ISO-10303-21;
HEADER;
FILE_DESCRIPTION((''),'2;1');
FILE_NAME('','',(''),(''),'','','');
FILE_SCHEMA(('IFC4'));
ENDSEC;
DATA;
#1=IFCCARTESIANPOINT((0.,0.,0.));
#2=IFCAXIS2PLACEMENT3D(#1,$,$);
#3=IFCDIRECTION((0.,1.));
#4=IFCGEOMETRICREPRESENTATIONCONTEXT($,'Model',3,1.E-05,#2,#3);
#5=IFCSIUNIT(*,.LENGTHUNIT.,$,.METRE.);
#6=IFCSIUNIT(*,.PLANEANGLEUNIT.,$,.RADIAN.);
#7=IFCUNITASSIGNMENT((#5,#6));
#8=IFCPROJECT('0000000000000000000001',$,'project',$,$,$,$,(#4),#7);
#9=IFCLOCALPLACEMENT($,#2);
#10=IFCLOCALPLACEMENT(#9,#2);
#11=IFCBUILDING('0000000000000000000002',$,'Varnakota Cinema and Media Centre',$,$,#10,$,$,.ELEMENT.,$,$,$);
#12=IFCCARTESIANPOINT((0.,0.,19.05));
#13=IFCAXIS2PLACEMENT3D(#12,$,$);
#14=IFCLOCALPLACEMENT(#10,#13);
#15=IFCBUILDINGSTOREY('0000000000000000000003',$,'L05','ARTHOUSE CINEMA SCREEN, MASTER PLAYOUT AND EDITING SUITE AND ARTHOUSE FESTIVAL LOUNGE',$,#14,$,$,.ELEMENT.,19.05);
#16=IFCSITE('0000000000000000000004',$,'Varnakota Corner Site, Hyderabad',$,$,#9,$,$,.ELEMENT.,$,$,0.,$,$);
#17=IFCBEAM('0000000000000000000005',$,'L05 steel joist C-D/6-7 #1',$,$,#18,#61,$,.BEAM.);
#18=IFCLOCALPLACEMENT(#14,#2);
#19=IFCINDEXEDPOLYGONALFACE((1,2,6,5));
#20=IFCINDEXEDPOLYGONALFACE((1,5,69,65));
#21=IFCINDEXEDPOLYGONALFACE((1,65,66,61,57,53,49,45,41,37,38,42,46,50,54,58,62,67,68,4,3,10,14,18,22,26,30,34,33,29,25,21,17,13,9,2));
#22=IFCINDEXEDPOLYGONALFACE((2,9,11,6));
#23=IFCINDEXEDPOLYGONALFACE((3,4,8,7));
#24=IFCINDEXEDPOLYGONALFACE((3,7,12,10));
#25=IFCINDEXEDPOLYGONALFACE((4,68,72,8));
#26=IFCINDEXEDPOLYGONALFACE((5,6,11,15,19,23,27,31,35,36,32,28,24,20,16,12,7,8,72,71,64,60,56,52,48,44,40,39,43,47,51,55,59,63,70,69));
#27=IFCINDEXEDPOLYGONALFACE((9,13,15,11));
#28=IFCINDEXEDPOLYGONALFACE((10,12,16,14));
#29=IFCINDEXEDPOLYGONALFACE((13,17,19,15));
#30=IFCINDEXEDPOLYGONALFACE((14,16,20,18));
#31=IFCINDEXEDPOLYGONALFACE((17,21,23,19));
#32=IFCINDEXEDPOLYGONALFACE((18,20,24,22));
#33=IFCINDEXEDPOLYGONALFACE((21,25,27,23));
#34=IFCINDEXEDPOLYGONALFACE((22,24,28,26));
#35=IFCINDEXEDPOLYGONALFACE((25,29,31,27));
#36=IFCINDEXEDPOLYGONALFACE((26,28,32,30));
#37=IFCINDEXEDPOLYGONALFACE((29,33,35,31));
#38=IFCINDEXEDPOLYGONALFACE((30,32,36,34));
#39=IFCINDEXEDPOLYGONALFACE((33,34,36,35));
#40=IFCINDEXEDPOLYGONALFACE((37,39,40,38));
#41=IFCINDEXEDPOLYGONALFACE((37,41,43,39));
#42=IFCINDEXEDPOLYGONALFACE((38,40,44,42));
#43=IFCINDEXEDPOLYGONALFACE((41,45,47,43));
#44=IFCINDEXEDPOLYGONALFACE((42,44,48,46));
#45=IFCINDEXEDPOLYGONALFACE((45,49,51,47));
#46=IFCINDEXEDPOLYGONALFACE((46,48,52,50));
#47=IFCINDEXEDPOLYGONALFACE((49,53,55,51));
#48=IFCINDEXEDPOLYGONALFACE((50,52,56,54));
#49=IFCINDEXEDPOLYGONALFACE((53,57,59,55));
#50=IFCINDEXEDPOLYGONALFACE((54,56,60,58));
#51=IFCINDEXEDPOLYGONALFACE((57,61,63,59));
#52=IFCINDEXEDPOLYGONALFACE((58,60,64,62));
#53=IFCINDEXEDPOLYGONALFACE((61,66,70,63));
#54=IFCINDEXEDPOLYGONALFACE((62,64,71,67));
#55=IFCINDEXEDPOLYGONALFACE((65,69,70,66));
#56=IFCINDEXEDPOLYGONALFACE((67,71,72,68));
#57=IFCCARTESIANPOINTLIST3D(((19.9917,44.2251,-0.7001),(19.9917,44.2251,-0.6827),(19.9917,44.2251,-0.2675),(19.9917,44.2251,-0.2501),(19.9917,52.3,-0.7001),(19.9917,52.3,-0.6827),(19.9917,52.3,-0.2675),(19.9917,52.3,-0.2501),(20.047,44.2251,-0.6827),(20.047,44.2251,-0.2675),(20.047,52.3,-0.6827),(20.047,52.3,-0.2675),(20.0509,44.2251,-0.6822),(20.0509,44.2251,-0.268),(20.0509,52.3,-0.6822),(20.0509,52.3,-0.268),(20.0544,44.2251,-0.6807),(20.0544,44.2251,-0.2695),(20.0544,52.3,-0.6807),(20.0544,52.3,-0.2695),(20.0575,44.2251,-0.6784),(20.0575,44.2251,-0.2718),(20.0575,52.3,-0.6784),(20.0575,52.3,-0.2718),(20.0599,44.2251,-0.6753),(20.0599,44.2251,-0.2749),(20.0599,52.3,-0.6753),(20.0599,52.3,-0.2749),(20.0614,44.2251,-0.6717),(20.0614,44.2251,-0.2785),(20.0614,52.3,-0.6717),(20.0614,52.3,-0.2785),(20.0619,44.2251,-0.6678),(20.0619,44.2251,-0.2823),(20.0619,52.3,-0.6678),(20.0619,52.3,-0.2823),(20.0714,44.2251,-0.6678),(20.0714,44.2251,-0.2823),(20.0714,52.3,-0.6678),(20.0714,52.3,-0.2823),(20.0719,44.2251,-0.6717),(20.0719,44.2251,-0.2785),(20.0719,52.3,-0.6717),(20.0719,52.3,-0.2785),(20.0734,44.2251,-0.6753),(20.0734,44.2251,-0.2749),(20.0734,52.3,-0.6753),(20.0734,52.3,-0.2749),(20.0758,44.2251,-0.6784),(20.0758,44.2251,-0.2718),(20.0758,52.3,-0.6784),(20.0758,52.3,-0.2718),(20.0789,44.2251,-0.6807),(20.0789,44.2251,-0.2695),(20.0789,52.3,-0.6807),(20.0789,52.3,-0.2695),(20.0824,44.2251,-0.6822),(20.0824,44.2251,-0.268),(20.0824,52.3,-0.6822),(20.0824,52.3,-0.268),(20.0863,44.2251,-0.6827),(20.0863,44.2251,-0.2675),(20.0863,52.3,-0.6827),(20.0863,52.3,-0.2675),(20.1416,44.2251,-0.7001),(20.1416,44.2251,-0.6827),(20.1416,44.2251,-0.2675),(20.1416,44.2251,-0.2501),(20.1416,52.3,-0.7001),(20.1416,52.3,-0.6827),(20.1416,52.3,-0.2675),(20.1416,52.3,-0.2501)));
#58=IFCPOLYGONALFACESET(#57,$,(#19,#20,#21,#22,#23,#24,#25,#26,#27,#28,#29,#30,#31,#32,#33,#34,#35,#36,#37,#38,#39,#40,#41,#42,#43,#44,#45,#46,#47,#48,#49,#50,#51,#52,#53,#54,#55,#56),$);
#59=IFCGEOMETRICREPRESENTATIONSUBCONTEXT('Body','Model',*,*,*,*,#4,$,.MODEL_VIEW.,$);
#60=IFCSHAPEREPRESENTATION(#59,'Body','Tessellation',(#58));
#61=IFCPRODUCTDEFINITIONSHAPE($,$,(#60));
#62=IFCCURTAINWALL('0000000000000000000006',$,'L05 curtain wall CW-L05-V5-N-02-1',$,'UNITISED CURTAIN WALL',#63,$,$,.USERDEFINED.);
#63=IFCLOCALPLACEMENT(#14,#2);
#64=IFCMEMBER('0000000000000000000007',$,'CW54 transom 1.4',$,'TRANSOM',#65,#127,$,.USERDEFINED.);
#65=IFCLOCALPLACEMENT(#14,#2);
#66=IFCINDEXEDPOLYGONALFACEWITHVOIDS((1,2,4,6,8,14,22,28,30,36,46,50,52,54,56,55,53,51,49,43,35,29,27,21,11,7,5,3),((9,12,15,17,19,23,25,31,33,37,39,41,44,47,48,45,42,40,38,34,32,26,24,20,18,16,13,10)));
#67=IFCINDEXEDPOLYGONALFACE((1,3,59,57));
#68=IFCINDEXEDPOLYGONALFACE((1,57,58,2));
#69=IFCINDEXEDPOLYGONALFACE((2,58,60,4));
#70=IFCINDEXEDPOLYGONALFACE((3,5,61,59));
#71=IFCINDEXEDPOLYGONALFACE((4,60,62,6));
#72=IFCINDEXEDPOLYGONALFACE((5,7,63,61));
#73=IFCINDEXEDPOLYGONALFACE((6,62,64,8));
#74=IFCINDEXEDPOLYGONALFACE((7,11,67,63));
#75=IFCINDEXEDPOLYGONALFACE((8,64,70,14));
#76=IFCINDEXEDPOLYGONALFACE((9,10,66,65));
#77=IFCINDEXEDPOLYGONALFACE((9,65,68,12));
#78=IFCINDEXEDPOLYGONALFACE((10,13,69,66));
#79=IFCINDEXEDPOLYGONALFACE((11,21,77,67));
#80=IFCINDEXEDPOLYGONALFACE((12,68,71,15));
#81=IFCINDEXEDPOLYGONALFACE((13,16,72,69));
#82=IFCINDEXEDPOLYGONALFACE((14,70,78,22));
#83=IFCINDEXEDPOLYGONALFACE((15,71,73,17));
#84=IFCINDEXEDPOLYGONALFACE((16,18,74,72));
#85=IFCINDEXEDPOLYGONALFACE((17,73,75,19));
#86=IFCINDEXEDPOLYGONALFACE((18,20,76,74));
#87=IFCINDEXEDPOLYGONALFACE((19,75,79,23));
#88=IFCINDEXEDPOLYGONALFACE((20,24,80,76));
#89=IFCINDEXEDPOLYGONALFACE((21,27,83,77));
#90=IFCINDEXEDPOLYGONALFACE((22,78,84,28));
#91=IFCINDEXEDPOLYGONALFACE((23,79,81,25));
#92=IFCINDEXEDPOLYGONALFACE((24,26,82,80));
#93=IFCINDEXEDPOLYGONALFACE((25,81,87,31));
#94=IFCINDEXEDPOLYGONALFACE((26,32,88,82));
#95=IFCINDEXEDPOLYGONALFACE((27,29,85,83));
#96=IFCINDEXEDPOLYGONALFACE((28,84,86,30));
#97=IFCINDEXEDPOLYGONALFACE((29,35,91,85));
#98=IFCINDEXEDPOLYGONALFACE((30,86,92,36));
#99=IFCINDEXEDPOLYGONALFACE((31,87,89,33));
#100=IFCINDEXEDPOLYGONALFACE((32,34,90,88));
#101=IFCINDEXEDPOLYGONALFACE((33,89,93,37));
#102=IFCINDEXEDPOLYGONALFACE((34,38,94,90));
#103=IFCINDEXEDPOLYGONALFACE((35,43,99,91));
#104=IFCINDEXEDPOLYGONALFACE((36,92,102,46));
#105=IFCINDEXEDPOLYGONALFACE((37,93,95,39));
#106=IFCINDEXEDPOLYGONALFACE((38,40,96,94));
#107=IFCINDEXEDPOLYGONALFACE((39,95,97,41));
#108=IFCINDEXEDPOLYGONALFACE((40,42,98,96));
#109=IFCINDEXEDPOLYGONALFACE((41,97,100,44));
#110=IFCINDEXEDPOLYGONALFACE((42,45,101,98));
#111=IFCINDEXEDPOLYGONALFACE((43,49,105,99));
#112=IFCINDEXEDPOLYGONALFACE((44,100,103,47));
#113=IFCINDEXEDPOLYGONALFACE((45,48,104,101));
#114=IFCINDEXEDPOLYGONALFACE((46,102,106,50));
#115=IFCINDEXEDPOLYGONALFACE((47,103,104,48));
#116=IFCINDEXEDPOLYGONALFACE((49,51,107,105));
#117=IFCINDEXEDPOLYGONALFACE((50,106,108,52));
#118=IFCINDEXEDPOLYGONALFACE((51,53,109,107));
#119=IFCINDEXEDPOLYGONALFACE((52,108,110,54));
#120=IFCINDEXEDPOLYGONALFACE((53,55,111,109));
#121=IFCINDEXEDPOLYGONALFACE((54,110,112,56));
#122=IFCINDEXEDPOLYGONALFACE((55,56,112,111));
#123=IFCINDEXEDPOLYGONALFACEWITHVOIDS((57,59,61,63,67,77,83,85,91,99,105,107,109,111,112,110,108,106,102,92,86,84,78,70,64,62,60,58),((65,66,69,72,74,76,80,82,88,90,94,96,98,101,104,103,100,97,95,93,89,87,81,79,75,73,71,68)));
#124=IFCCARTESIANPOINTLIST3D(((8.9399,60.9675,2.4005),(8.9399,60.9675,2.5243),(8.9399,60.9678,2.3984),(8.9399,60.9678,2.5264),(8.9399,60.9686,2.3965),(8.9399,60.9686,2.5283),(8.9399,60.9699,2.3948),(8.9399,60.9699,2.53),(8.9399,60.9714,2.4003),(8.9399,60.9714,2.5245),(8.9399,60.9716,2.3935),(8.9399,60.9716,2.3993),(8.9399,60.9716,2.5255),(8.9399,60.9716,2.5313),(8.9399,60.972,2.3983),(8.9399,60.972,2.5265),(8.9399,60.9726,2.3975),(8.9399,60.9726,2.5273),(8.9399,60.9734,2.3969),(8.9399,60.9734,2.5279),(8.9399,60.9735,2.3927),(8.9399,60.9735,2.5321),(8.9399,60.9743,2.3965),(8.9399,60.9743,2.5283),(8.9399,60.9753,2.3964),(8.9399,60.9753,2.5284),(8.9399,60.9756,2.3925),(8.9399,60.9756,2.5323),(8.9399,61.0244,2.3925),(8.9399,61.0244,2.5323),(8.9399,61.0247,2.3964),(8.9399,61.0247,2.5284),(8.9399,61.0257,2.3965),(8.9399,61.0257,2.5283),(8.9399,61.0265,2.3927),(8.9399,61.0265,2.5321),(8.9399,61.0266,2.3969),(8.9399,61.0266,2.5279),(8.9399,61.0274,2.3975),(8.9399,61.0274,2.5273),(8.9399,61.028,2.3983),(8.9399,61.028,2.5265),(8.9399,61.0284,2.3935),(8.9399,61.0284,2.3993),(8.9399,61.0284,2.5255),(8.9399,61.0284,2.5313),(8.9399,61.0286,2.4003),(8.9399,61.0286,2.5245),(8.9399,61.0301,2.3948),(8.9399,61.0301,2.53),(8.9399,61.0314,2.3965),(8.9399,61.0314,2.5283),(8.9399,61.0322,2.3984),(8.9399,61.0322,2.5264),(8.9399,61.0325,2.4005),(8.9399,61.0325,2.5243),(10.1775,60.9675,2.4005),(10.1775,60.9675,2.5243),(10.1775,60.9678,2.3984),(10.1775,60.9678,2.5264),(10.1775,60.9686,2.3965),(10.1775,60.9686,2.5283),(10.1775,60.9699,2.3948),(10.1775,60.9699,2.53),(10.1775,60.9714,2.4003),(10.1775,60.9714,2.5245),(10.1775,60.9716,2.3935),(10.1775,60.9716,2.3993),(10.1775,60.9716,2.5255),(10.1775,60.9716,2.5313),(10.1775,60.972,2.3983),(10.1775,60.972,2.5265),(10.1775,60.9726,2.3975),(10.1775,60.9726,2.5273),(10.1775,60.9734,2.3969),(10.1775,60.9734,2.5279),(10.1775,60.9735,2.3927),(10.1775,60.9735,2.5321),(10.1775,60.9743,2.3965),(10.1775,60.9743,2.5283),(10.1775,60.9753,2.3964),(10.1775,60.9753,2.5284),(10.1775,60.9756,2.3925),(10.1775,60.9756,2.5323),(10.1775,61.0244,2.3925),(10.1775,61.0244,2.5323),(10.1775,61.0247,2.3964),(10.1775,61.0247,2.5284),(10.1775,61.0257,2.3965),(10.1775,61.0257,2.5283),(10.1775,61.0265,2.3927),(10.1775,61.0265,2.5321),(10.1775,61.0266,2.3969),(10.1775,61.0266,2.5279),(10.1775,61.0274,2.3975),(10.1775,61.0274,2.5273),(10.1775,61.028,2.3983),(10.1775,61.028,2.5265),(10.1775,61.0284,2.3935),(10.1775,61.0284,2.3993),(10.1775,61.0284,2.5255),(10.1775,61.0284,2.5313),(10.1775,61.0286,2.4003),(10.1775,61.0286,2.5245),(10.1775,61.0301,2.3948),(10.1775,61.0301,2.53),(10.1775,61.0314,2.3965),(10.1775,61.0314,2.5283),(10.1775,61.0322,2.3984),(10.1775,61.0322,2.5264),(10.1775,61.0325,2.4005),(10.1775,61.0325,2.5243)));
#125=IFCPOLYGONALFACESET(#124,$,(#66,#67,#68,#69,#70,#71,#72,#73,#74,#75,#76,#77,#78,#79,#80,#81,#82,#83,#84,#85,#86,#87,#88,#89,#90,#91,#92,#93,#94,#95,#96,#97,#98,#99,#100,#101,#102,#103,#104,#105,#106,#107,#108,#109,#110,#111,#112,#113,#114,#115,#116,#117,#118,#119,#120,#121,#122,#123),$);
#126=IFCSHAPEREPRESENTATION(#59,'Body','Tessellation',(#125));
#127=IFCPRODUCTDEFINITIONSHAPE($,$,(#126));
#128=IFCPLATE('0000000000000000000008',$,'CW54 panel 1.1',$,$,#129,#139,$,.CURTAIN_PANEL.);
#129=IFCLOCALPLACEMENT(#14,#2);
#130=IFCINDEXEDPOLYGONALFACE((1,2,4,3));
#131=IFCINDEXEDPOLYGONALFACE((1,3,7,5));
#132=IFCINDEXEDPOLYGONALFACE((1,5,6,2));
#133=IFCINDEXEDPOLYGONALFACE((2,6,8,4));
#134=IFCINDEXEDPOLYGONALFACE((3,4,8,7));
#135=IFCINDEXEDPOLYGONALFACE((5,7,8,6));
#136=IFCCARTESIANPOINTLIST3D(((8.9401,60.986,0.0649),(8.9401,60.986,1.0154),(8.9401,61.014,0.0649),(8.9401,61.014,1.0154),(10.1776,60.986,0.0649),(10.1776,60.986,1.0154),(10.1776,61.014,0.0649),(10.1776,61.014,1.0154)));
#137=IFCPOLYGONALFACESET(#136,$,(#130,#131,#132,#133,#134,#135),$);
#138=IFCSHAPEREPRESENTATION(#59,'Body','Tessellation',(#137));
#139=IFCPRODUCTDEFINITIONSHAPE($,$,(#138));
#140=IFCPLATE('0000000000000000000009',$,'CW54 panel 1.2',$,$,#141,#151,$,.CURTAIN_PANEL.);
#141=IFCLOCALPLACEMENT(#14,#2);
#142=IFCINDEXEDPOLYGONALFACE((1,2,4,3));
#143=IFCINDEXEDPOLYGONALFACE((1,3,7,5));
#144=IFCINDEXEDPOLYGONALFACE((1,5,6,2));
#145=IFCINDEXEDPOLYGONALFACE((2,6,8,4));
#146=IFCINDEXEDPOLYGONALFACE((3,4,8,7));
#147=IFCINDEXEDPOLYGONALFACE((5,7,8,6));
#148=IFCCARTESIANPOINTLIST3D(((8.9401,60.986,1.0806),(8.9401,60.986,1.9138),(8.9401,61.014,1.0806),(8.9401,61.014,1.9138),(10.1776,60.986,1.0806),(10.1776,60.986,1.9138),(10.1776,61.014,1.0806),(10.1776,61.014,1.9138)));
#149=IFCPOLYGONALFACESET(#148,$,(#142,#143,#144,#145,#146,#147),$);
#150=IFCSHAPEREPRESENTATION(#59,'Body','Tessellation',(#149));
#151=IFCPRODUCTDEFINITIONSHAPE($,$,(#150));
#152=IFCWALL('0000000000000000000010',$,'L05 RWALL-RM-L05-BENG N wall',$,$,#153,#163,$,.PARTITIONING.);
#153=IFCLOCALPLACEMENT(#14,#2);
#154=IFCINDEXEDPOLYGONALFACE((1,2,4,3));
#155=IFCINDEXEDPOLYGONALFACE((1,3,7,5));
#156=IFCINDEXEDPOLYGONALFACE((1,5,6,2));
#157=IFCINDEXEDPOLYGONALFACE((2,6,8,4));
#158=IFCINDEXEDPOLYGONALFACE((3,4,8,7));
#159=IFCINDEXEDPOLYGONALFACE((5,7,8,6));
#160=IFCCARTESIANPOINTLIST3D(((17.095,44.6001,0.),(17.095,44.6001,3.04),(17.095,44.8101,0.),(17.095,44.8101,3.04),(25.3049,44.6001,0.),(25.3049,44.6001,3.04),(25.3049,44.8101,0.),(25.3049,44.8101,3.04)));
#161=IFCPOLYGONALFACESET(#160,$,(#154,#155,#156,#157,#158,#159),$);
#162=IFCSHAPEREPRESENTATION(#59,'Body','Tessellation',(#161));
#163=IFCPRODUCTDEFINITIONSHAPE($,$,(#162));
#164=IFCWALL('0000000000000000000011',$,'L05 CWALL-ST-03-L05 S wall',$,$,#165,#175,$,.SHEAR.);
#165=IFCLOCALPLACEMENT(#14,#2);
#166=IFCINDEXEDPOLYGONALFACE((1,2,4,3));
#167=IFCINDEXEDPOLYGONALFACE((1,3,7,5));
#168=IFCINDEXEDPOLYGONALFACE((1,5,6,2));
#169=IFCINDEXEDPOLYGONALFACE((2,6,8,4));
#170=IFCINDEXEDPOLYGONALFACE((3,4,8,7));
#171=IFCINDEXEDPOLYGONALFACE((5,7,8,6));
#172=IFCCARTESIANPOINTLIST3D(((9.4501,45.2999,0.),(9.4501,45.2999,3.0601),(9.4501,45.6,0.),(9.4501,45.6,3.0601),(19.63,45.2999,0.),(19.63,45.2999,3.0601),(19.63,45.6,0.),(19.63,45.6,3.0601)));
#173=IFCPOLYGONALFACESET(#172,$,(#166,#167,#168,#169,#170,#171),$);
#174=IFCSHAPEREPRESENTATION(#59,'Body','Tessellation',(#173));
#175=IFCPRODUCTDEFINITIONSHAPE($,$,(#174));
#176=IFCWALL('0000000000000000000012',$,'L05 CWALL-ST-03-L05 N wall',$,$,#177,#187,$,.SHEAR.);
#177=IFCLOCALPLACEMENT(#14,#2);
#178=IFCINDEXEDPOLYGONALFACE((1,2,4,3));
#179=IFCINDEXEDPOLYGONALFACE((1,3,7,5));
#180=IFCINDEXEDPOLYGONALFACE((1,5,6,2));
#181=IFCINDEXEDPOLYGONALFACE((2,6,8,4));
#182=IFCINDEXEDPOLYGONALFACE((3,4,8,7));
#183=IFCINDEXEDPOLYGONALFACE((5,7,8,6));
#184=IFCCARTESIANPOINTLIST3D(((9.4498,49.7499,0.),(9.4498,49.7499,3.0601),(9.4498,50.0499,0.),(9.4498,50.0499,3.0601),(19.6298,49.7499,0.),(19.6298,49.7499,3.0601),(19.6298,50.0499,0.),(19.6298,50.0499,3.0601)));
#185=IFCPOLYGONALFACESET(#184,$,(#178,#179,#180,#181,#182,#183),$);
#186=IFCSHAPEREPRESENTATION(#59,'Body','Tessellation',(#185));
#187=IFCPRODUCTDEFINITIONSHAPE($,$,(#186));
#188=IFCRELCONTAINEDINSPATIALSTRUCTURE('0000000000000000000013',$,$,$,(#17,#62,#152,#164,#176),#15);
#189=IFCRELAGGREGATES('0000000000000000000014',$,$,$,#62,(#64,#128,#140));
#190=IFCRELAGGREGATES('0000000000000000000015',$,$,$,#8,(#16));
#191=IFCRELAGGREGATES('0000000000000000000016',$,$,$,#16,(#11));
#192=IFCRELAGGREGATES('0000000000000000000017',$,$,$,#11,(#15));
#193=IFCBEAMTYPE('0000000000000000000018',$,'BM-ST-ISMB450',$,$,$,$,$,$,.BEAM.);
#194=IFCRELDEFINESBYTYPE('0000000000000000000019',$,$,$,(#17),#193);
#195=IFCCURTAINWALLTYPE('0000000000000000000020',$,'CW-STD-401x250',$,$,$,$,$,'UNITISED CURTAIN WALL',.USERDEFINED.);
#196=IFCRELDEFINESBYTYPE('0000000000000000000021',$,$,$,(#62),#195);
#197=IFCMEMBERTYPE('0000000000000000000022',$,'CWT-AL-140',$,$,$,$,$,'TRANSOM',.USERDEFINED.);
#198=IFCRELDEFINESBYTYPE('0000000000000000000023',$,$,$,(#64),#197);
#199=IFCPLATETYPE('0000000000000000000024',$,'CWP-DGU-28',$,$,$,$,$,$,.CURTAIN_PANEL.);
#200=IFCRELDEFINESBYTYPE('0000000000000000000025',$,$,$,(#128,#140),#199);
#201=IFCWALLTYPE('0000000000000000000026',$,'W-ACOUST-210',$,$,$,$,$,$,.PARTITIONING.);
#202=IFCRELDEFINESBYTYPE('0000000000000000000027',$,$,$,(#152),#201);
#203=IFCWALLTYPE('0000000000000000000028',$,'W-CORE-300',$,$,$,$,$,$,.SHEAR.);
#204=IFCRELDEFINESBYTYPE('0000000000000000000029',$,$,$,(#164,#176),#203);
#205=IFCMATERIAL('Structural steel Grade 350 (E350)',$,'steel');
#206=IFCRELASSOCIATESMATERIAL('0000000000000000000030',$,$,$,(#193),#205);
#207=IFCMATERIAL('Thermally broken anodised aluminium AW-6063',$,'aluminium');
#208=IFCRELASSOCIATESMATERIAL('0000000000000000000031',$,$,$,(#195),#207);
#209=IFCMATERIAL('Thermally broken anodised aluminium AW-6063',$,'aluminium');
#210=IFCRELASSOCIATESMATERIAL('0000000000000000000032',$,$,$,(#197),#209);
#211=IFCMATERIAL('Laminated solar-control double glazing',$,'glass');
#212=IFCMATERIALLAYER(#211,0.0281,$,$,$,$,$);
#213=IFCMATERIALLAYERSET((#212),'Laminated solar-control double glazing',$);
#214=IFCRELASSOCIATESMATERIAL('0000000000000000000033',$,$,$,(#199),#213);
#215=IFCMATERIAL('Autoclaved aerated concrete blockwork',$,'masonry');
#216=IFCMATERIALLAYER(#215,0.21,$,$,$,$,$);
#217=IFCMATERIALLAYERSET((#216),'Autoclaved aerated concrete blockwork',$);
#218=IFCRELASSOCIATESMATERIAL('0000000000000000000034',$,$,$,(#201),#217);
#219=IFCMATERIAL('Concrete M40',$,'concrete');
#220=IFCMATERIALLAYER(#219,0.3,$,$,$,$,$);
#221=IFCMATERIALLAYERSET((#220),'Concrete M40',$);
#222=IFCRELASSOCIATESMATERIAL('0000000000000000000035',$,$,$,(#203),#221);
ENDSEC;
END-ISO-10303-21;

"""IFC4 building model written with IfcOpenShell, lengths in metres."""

from ifc_helpers import new_model, si_unit, direction, frame, frame_2d, origin, origin_2d, place, context, subcontext, project, spatial, rectangle, hollow_rectangle, i_section, extrude, material, layer, layer_set, material_profile, profile_set, type_object, element, aggregate, save


model = new_model("IFC4")

# Units and contexts
model_context = context("Model", 3, precision=1e-05, world=origin(), true_north=direction((0.0, 1.0)))
body_context = subcontext(model_context, "Body", "Model", "MODEL_VIEW")
ifc_project = project(units=[si_unit("LENGTHUNIT", "METRE"), si_unit("PLANEANGLEUNIT", "RADIAN")], contexts=[model_context])

# Site, building, storey
site_placement = place(None, origin())
site = spatial("IfcSite", under=ifc_project, at=site_placement, Name="Varnakota Corner Site, Hyderabad", CompositionType="ELEMENT", RefElevation=0.0)
building_placement = place(site_placement, origin())
building = spatial("IfcBuilding", under=site, at=building_placement, Name="Varnakota Cinema and Media Centre", CompositionType="ELEMENT")
storey_placement = place(building_placement, frame((0.0, 0.0, 19.05)))
storey = spatial("IfcBuildingStorey", under=building, at=storey_placement, Name="L05", Description="ARTHOUSE CINEMA SCREEN, MASTER PLAYOUT AND EDITING SUITE AND ARTHOUSE FESTIVAL LOUNGE", CompositionType="ELEMENT", Elevation=19.05)

# Beam
ifc_material_1 = material(Name="Structural steel Grade 350 (E350)", Category="steel")
ifc_material_profile_1 = material_profile(ifc_material_1, i_section(OverallWidth=0.1499, OverallDepth=0.45, WebThickness=0.0095, FlangeThickness=0.0173, FilletRadius=0.0149, at=origin_2d()), Name="ISMB 450")
ifc_profile_set_1 = profile_set([ifc_material_profile_1], Name="Structural steel Grade 350 (E350)")
beam_type_1 = type_object("IfcBeamType", Name="BM-ST-ISMB450", PredefinedType="BEAM", material=ifc_profile_set_1)
for number, where, z_axis, x_axis, name in (
    (1, (20.0667, 44.2251, -0.4751), (0.0, 1.0, 0.0), (-1.0, 0.0, 0.0), "L05 steel joist C-D/6-7 #1"),
):
    element("IfcBeam", number, at=place(storey_placement, frame(where, z_axis=z_axis, x_axis=x_axis)), inside=storey, type_object=beam_type_1, Name=name, PredefinedType="BEAM", context=body_context, shape_type="SweptSolid", body=[
        extrude(i_section(OverallWidth=0.1499, OverallDepth=0.45, WebThickness=0.0095, FlangeThickness=0.0173, FilletRadius=0.0149, at=origin_2d()), origin(), (0.0, 0.0, 1.0), 8.075),
    ])

# Curtain wall, member, plates
ifc_material_2 = material(Name="Thermally broken anodised aluminium AW-6063", Category="aluminium")
curtain_wall_type = type_object("IfcCurtainWallType", Name="CW-STD-401x250", ElementType="UNITISED CURTAIN WALL", PredefinedType="USERDEFINED", material=ifc_material_2)
curtain_wall_placement = place(storey_placement, origin())
curtain_wall = element("IfcCurtainWall", 2, at=curtain_wall_placement, inside=storey, type_object=curtain_wall_type, Name="L05 curtain wall CW-L05-V5-N-02-1", ObjectType="UNITISED CURTAIN WALL", PredefinedType="USERDEFINED")
ifc_material_3 = material(Name="Thermally broken anodised aluminium AW-6063", Category="aluminium")
ifc_material_profile_2 = material_profile(ifc_material_3, hollow_rectangle(XDim=0.0649, YDim=0.1399, WallThickness=0.0039, InnerFilletRadius=0.0039, OuterFilletRadius=0.0081, at=origin_2d()), Name="AL-TRANSOM 140x65x4")
ifc_profile_set_2 = profile_set([ifc_material_profile_2], Name="Thermally broken anodised aluminium AW-6063")
member_type = type_object("IfcMemberType", Name="CWT-AL-140", ElementType="TRANSOM", PredefinedType="USERDEFINED", material=ifc_profile_set_2)
member_placement = place(storey_placement, frame((8.9399, 61.0, 2.4624), z_axis=(1.0, 0.0, 0.0), x_axis=(0.0, 1.0, 0.0)))
member = element("IfcMember", 3, at=member_placement, type_object=member_type, Name="CW54 transom 1.4", ObjectType="TRANSOM", PredefinedType="USERDEFINED", context=body_context, shape_type="SweptSolid", body=[
    extrude(hollow_rectangle(XDim=0.0649, YDim=0.1399, WallThickness=0.0039, InnerFilletRadius=0.0039, OuterFilletRadius=0.0081, at=origin_2d()), origin(), (0.0, 0.0, 1.0), 1.2375),
])
ifc_material_4 = material(Name="Laminated solar-control double glazing", Category="glass")
ifc_layer_1 = layer(ifc_material_4, 0.0281)
ifc_layer_set_1 = layer_set([ifc_layer_1], Name="Laminated solar-control double glazing")
plate_type = type_object("IfcPlateType", Name="CWP-DGU-28", PredefinedType="CURTAIN_PANEL", material=ifc_layer_set_1)
plate_1_placement = place(storey_placement, frame((9.5588, 61.0, 0.0649), z_axis=(0.0, 0.0, 1.0), x_axis=(1.0, 0.0, 0.0)))
plate_1 = element("IfcPlate", 4, at=plate_1_placement, type_object=plate_type, Name="CW54 panel 1.1", PredefinedType="CURTAIN_PANEL", context=body_context, shape_type="SweptSolid", body=[
    extrude(rectangle(XDim=1.2375, YDim=0.0281, at=origin_2d()), origin(), (0.0, 0.0, 1.0), 0.9504),
])
plate_2_placement = place(storey_placement, frame((9.5588, 61.0, 1.0806), z_axis=(0.0, 0.0, 1.0), x_axis=(1.0, 0.0, 0.0)))
plate_2 = element("IfcPlate", 5, at=plate_2_placement, type_object=plate_type, Name="CW54 panel 1.2", PredefinedType="CURTAIN_PANEL", context=body_context, shape_type="SweptSolid", body=[
    extrude(rectangle(XDim=1.2375, YDim=0.0281, at=origin_2d()), origin(), (0.0, 0.0, 1.0), 0.8333),
])
aggregate(curtain_wall, [member, plate_1, plate_2])

# Walls
ifc_material_5 = material(Name="Autoclaved aerated concrete blockwork", Category="masonry")
ifc_layer_2 = layer(ifc_material_5, 0.21)
ifc_layer_set_2 = layer_set([ifc_layer_2], Name="Autoclaved aerated concrete blockwork")
wall_type_1 = type_object("IfcWallType", Name="W-ACOUST-210", PredefinedType="PARTITIONING", material=ifc_layer_set_2)
wall_1_placement = place(storey_placement, frame((17.095, 44.7051, 0.0), z_axis=(0.0, 0.0, 1.0), x_axis=(1.0, 0.0, 0.0)))
element("IfcWall", 6, at=wall_1_placement, inside=storey, type_object=wall_type_1, Name="L05 RWALL-RM-L05-BENG N wall", PredefinedType="PARTITIONING", context=body_context, shape_type="SweptSolid", body=[
    extrude(rectangle(XDim=8.21, YDim=0.21, at=frame_2d((4.105, 0.0))), origin(), (0.0, 0.0, 1.0), 3.04),
])
ifc_material_6 = material(Name="Concrete M40", Category="concrete")
ifc_layer_3 = layer(ifc_material_6, 0.3)
ifc_layer_set_3 = layer_set([ifc_layer_3], Name="Concrete M40")
wall_type_2 = type_object("IfcWallType", Name="W-CORE-300", PredefinedType="SHEAR", material=ifc_layer_set_3)
wall_2_placement = place(storey_placement, frame((19.6299, 45.45, 0.0), z_axis=(0.0, 0.0, 1.0), x_axis=(-1.0, 0.0, 0.0)))
element("IfcWall", 7, at=wall_2_placement, inside=storey, type_object=wall_type_2, Name="L05 CWALL-ST-03-L05 S wall", PredefinedType="SHEAR", context=body_context, shape_type="SweptSolid", body=[
    extrude(rectangle(XDim=10.1799, YDim=0.3, at=frame_2d((5.0898, 0.0))), origin(), (0.0, 0.0, 1.0), 3.0601),
])

# Wall
wall_3_placement = place(storey_placement, frame((9.45, 49.8999, 0.0), z_axis=(0.0, 0.0, 1.0), x_axis=(1.0, 0.0, 0.0)))
element("IfcWall", 8, at=wall_3_placement, inside=storey, type_object=wall_type_2, Name="L05 CWALL-ST-03-L05 N wall", PredefinedType="SHEAR", context=body_context, shape_type="SweptSolid", body=[
    extrude(rectangle(XDim=10.1799, YDim=0.3, at=frame_2d((5.0898, 0.0))), origin(), (0.0, 0.0, 1.0), 3.0601),
])

save(model, "model.ifc")
